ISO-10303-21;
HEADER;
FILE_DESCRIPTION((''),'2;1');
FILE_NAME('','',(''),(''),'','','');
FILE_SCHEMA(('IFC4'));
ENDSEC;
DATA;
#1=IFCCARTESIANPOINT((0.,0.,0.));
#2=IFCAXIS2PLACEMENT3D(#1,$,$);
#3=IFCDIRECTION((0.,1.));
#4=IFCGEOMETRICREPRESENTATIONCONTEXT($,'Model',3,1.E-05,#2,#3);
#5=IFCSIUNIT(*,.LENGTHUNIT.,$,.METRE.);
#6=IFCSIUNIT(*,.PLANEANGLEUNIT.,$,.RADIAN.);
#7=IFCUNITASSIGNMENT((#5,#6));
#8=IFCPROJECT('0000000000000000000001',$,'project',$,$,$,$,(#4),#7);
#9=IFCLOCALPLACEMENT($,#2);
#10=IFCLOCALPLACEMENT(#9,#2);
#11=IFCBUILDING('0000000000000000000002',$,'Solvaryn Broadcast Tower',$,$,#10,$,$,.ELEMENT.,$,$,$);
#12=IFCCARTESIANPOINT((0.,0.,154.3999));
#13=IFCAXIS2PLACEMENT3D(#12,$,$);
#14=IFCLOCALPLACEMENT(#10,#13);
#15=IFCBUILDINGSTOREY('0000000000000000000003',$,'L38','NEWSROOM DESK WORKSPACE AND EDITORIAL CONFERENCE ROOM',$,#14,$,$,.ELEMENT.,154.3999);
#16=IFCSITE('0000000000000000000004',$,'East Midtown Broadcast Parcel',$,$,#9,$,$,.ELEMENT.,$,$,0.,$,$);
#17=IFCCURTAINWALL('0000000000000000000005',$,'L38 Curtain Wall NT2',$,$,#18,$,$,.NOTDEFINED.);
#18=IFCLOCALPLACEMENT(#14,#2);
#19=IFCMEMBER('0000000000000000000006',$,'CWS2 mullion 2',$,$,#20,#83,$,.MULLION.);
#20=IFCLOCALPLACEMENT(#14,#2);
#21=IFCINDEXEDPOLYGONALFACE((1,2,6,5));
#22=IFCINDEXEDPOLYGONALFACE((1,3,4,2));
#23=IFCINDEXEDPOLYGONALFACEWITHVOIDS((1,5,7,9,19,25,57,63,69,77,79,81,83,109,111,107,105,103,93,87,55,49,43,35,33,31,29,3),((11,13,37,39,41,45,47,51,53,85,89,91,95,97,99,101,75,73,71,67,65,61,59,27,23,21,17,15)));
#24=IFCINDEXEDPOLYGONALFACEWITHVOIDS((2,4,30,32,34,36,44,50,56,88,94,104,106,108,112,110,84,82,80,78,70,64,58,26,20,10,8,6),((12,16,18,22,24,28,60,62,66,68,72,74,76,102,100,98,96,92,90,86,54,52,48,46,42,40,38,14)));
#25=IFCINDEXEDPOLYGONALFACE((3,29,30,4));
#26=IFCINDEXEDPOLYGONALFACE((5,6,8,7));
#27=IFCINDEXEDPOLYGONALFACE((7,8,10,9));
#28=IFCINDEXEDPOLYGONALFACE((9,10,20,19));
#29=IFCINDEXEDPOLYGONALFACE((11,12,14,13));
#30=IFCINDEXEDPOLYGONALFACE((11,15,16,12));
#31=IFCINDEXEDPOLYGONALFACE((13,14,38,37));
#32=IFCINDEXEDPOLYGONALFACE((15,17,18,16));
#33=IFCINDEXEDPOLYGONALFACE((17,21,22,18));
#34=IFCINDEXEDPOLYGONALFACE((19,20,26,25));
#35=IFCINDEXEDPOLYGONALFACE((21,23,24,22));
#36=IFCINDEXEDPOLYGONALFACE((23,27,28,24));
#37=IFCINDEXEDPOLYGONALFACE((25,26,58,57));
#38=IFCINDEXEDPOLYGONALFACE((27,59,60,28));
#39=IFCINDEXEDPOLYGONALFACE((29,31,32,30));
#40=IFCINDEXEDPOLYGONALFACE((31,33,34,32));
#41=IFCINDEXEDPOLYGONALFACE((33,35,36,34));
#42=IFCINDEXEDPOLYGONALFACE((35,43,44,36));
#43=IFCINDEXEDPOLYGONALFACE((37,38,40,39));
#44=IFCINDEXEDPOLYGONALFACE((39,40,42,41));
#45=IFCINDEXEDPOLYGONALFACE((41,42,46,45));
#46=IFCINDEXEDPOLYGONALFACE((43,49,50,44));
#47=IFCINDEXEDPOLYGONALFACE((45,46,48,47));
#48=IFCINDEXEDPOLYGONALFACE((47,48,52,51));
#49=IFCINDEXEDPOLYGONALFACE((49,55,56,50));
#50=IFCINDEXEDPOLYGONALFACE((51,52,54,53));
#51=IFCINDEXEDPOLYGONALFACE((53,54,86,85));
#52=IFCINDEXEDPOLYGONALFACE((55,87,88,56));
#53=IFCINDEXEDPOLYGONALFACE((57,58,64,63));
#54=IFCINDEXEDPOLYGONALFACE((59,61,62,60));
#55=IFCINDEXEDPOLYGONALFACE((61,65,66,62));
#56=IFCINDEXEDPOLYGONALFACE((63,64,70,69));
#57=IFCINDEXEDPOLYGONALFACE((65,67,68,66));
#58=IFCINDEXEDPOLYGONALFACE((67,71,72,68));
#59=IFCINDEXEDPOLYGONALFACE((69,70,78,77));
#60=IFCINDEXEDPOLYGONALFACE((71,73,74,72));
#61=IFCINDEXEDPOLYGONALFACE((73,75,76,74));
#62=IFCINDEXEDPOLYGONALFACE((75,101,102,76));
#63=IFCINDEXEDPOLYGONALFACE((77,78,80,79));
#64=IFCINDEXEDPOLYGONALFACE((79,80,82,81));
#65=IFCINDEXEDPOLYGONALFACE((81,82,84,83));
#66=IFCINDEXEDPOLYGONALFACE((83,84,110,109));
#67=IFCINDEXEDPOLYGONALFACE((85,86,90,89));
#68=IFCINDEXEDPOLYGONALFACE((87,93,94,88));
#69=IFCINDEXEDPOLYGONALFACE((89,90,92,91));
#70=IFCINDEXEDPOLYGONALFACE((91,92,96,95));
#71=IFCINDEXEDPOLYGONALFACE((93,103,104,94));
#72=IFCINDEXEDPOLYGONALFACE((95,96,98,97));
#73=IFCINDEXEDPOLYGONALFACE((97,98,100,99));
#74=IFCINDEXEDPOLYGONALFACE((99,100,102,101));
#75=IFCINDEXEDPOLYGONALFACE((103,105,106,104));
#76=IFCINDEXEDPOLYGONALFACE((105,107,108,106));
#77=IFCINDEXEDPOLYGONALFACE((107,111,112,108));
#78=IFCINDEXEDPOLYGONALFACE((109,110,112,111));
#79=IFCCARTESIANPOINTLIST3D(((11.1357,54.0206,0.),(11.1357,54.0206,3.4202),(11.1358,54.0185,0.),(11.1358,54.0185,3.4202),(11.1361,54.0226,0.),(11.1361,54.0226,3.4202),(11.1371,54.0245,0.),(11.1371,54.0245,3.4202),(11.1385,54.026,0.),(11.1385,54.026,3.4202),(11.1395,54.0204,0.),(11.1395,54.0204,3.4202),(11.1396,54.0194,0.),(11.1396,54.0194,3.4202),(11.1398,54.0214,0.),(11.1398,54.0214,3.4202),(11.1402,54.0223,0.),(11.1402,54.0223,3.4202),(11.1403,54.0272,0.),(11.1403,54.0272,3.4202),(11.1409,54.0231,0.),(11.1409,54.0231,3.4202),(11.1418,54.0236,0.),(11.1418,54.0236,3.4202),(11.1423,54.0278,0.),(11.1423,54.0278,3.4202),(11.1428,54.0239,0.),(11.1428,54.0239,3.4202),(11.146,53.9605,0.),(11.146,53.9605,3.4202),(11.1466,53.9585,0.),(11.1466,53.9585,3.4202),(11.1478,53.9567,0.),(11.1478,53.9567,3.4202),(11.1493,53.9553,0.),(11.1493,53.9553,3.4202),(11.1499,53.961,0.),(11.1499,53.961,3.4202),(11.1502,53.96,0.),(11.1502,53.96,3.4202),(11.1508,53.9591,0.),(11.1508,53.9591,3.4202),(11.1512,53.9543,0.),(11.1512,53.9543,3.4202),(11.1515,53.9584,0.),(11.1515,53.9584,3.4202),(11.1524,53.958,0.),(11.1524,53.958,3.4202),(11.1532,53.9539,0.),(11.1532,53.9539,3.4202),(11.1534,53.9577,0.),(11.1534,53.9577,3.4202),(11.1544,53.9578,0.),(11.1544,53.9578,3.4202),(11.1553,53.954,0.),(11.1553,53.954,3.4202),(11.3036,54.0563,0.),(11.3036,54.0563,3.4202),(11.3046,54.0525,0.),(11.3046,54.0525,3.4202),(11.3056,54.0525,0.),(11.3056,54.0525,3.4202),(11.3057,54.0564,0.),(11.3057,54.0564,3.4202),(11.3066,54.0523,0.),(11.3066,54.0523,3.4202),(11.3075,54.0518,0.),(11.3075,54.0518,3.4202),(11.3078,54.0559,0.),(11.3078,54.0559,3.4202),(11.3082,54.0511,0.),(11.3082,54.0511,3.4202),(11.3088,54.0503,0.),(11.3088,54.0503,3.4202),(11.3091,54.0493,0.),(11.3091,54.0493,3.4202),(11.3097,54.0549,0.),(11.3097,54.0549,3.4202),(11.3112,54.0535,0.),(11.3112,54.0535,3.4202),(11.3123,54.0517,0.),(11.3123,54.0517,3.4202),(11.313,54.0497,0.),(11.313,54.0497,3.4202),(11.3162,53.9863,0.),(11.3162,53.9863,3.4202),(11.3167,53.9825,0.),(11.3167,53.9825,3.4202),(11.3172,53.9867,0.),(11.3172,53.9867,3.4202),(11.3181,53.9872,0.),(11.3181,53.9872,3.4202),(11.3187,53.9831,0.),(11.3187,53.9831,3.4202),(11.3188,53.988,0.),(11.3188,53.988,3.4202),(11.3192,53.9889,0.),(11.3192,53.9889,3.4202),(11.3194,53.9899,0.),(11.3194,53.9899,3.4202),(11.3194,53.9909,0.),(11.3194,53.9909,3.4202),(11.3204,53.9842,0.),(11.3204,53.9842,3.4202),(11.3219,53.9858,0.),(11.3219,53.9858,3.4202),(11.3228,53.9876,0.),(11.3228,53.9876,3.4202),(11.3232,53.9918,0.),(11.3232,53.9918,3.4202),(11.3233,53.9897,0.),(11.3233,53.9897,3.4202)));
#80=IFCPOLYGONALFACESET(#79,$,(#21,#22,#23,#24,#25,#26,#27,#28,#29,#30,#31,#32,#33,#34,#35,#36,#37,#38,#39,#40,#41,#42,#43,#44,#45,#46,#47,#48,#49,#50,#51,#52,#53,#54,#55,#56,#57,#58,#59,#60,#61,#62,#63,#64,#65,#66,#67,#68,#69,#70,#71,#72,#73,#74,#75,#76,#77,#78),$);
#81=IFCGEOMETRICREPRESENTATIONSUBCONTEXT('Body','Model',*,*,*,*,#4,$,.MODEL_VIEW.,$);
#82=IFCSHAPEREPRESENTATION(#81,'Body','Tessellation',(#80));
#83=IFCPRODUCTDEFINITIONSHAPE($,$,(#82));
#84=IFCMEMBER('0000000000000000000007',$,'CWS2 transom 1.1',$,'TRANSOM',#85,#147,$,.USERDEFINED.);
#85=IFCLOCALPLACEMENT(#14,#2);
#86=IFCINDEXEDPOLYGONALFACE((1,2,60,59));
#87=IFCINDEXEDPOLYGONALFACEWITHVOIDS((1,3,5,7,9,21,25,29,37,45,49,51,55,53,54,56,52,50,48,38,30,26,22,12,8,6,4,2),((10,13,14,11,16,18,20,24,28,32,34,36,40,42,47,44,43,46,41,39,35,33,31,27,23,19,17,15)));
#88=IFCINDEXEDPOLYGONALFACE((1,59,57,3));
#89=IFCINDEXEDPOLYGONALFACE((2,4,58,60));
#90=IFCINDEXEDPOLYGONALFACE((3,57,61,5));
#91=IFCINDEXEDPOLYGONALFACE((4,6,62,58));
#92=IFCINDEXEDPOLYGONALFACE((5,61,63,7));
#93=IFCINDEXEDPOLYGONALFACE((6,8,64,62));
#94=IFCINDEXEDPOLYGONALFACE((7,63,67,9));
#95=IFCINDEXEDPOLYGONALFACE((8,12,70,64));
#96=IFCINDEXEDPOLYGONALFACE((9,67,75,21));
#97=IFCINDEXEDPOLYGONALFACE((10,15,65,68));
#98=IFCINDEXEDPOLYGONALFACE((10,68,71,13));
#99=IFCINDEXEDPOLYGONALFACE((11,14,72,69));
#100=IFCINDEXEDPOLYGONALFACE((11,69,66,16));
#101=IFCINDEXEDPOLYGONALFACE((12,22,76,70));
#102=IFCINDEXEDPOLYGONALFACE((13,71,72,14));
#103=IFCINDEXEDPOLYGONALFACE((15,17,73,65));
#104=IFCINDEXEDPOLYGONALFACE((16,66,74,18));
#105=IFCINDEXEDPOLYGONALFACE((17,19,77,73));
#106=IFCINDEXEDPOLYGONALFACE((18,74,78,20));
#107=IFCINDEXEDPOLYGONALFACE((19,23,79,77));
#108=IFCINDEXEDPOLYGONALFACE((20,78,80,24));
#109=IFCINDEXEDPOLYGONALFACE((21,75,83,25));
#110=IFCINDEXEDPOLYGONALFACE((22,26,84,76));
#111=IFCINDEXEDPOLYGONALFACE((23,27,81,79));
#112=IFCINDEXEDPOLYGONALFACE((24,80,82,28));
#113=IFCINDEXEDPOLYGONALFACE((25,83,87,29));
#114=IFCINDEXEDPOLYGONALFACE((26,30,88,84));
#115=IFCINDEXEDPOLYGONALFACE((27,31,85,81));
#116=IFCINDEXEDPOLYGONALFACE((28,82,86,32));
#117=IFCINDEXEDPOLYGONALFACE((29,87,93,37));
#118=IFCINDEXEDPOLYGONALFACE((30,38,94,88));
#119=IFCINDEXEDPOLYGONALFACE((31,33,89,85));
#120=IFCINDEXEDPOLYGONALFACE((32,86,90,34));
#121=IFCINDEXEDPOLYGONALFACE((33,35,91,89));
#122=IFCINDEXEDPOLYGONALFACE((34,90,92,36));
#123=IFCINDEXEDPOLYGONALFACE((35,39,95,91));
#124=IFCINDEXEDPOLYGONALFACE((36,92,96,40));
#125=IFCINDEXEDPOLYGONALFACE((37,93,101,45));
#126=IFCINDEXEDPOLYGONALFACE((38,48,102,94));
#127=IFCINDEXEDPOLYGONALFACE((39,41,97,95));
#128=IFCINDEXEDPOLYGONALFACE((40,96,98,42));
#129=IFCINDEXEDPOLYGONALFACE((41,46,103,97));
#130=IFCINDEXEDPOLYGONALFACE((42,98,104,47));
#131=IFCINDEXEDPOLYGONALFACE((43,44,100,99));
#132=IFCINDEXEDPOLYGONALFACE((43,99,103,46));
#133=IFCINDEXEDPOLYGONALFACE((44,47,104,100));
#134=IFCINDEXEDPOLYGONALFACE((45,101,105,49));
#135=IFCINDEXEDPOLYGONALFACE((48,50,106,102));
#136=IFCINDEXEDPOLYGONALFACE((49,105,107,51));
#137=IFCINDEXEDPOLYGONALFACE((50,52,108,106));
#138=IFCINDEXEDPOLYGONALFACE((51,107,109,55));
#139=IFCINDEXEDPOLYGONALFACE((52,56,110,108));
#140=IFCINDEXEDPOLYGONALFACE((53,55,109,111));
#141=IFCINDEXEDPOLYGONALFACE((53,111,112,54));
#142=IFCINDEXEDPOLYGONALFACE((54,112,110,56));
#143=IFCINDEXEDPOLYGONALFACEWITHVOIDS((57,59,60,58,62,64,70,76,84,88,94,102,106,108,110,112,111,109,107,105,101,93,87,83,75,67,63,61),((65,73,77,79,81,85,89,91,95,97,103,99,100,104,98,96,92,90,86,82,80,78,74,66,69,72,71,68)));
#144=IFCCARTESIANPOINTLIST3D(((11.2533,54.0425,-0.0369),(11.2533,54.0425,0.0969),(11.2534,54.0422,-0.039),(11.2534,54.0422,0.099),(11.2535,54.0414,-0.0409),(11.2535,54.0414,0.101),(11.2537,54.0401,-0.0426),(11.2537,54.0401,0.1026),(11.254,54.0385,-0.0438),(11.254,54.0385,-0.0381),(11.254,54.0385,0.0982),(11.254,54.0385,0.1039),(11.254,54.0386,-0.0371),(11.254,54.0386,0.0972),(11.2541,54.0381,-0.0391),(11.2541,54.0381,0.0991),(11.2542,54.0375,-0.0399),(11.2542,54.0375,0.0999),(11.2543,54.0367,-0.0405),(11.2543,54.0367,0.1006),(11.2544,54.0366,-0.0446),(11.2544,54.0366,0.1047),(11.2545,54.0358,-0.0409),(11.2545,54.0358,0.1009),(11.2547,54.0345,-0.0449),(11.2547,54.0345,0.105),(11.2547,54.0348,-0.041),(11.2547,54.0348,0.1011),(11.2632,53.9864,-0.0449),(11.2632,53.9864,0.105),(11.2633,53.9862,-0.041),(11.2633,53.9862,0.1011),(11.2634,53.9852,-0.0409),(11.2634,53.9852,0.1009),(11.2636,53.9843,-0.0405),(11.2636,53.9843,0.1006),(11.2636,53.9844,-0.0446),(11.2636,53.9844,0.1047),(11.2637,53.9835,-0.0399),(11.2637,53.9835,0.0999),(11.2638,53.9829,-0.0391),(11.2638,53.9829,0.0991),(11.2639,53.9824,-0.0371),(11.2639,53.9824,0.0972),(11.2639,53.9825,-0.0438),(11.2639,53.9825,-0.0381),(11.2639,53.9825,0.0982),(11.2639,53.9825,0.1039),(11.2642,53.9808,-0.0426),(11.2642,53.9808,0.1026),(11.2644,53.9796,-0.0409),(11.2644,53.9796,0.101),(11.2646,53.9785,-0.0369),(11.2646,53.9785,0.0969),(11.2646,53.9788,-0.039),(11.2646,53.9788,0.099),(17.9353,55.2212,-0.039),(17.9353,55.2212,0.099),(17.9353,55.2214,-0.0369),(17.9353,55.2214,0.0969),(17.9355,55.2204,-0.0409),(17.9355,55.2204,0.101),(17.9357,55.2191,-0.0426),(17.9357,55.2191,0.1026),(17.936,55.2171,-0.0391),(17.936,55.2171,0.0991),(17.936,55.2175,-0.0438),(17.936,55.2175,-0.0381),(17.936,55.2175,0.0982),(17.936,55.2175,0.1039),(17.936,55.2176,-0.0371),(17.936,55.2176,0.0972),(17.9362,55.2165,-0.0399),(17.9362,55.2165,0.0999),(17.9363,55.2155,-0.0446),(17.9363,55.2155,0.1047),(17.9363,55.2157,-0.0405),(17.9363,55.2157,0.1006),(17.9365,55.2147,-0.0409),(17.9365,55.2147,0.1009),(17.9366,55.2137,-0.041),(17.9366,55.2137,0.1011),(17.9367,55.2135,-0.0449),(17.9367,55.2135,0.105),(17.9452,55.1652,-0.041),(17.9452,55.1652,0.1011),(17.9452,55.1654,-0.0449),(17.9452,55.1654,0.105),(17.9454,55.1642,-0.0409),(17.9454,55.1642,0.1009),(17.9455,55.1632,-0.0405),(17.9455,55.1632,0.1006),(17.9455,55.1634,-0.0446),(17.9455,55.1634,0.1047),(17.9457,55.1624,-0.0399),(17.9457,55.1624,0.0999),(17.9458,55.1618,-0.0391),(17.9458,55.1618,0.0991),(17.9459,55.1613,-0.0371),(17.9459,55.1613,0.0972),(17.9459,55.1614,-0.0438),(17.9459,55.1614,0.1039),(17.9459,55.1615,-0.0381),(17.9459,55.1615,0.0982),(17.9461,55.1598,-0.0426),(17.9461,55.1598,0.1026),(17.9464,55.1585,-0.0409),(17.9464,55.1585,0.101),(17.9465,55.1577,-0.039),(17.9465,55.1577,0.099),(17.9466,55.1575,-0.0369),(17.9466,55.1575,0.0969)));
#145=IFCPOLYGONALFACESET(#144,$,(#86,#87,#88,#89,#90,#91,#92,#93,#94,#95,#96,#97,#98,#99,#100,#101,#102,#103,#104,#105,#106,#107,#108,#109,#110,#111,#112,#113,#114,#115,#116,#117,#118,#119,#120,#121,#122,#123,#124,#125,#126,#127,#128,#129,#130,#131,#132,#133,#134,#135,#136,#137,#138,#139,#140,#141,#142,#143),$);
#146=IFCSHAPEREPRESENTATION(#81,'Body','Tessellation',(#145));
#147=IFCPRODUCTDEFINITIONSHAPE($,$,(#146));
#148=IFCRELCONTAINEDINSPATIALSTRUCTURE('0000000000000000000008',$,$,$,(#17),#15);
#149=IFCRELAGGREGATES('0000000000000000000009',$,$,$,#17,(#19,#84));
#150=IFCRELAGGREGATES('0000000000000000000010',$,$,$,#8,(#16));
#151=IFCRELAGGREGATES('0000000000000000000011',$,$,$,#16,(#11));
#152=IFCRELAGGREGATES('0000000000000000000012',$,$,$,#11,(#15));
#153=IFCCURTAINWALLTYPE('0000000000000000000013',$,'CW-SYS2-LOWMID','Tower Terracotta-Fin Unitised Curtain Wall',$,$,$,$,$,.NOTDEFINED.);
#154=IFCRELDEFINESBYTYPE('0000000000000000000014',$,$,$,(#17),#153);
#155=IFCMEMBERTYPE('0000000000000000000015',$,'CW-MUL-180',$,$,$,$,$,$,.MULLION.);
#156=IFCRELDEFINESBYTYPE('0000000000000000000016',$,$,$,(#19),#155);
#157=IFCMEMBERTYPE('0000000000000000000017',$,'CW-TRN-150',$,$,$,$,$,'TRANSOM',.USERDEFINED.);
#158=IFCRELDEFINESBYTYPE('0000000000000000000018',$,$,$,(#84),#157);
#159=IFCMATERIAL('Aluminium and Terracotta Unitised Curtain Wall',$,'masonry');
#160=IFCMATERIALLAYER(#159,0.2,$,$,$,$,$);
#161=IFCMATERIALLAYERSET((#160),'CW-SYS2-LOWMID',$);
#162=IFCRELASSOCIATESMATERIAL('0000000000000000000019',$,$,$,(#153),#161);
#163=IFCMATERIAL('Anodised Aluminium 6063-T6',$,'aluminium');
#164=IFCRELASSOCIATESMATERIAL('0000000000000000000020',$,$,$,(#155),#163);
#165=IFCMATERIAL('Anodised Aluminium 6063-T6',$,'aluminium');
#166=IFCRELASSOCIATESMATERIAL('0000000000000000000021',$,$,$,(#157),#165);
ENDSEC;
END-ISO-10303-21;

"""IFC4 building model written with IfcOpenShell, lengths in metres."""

from ifc_helpers import new_model, si_unit, direction, frame, origin, origin_2d, place, context, subcontext, project, spatial, hollow_rectangle, extrude, material, layer, layer_set, material_profile, profile_set, type_object, element, aggregate, save


model = new_model("IFC4")

# Units and contexts
model_context = context("Model", 3, precision=1e-05, world=origin(), true_north=direction((0.0, 1.0)))
body_context = subcontext(model_context, "Body", "Model", "MODEL_VIEW")
ifc_project = project(units=[si_unit("LENGTHUNIT", "METRE"), si_unit("PLANEANGLEUNIT", "RADIAN")], contexts=[model_context])

# Site, building, storey
site_placement = place(None, origin())
site = spatial("IfcSite", under=ifc_project, at=site_placement, Name="East Midtown Broadcast Parcel", CompositionType="ELEMENT", RefElevation=0.0)
building_placement = place(site_placement, origin())
building = spatial("IfcBuilding", under=site, at=building_placement, Name="Solvaryn Broadcast Tower", CompositionType="ELEMENT")
storey_placement = place(building_placement, frame((0.0, 0.0, 154.3999)))
storey = spatial("IfcBuildingStorey", under=building, at=storey_placement, Name="L38", Description="NEWSROOM DESK WORKSPACE AND EDITORIAL CONFERENCE ROOM", CompositionType="ELEMENT", Elevation=154.3999)

# Shared definitions
ifc_material_1 = material(Name="Aluminium and Terracotta Unitised Curtain Wall", Category="masonry")
ifc_layer_1 = layer(ifc_material_1, 0.2)
ifc_layer_set_1 = layer_set([ifc_layer_1], Name="CW-SYS2-LOWMID")
curtain_wall_type = type_object("IfcCurtainWallType", Name="CW-SYS2-LOWMID", Description="Tower Terracotta-Fin Unitised Curtain Wall", PredefinedType="NOTDEFINED", material=ifc_layer_set_1)
ifc_material_2 = material(Name="Anodised Aluminium 6063-T6", Category="aluminium")
ifc_material_profile_1 = material_profile(ifc_material_2, hollow_rectangle(XDim=0.075, YDim=0.1799, WallThickness=0.0039, InnerFilletRadius=0.0039, OuterFilletRadius=0.0081, at=origin_2d()))
ifc_profile_set_1 = profile_set([ifc_material_profile_1], Name="Anodised Aluminium 6063-T6")
member_type_1 = type_object("IfcMemberType", Name="CW-MUL-180", PredefinedType="MULLION", material=ifc_profile_set_1)

# Curtain wall, members
curtain_wall_1_placement = place(storey_placement, origin())
curtain_wall_1 = element("IfcCurtainWall", 1, at=curtain_wall_1_placement, inside=storey, type_object=curtain_wall_type, Name="L38 Curtain Wall NT2", PredefinedType="NOTDEFINED")
member_1_placement = place(storey_placement, frame((11.2295, 54.0051, 0.0), z_axis=(0.0, 0.0, 1.0), x_axis=(0.173785, -0.984784, 0.0)))
member_1 = element("IfcMember", 2, at=member_1_placement, type_object=member_type_1, Name="CWS2 mullion 2", PredefinedType="MULLION", context=body_context, shape_type="SweptSolid", body=[
    extrude(hollow_rectangle(XDim=0.075, YDim=0.1799, WallThickness=0.0039, InnerFilletRadius=0.0039, OuterFilletRadius=0.0081, at=origin_2d()), origin(), (0.0, 0.0, 1.0), 3.4202),
])
ifc_material_3 = material(Name="Anodised Aluminium 6063-T6", Category="aluminium")
ifc_material_profile_2 = material_profile(ifc_material_3, hollow_rectangle(XDim=0.0649, YDim=0.1499, WallThickness=0.0039, InnerFilletRadius=0.0039, OuterFilletRadius=0.0081, at=origin_2d()))
ifc_profile_set_2 = profile_set([ifc_material_profile_2], Name="Anodised Aluminium 6063-T6")
member_type_2 = type_object("IfcMemberType", Name="CW-TRN-150", ElementType="TRANSOM", PredefinedType="USERDEFINED", material=ifc_profile_set_2)
member_2_placement = place(storey_placement, frame((17.9409, 55.1895, 0.03), z_axis=(-0.984789, -0.173757, 0.0), x_axis=(0.173757, -0.984789, 0.0)))
member_2 = element("IfcMember", 3, at=member_2_placement, type_object=member_type_2, Name="CWS2 transom 1.1", ObjectType="TRANSOM", PredefinedType="USERDEFINED", context=body_context, shape_type="SweptSolid", body=[
    extrude(hollow_rectangle(XDim=0.0649, YDim=0.1499, WallThickness=0.0039, InnerFilletRadius=0.0039, OuterFilletRadius=0.0081, at=origin_2d()), origin(), (0.0, 0.0, 1.0), 6.7852),
])

aggregate(curtain_wall_1, [member_1, member_2])

save(model, "model.ifc")
